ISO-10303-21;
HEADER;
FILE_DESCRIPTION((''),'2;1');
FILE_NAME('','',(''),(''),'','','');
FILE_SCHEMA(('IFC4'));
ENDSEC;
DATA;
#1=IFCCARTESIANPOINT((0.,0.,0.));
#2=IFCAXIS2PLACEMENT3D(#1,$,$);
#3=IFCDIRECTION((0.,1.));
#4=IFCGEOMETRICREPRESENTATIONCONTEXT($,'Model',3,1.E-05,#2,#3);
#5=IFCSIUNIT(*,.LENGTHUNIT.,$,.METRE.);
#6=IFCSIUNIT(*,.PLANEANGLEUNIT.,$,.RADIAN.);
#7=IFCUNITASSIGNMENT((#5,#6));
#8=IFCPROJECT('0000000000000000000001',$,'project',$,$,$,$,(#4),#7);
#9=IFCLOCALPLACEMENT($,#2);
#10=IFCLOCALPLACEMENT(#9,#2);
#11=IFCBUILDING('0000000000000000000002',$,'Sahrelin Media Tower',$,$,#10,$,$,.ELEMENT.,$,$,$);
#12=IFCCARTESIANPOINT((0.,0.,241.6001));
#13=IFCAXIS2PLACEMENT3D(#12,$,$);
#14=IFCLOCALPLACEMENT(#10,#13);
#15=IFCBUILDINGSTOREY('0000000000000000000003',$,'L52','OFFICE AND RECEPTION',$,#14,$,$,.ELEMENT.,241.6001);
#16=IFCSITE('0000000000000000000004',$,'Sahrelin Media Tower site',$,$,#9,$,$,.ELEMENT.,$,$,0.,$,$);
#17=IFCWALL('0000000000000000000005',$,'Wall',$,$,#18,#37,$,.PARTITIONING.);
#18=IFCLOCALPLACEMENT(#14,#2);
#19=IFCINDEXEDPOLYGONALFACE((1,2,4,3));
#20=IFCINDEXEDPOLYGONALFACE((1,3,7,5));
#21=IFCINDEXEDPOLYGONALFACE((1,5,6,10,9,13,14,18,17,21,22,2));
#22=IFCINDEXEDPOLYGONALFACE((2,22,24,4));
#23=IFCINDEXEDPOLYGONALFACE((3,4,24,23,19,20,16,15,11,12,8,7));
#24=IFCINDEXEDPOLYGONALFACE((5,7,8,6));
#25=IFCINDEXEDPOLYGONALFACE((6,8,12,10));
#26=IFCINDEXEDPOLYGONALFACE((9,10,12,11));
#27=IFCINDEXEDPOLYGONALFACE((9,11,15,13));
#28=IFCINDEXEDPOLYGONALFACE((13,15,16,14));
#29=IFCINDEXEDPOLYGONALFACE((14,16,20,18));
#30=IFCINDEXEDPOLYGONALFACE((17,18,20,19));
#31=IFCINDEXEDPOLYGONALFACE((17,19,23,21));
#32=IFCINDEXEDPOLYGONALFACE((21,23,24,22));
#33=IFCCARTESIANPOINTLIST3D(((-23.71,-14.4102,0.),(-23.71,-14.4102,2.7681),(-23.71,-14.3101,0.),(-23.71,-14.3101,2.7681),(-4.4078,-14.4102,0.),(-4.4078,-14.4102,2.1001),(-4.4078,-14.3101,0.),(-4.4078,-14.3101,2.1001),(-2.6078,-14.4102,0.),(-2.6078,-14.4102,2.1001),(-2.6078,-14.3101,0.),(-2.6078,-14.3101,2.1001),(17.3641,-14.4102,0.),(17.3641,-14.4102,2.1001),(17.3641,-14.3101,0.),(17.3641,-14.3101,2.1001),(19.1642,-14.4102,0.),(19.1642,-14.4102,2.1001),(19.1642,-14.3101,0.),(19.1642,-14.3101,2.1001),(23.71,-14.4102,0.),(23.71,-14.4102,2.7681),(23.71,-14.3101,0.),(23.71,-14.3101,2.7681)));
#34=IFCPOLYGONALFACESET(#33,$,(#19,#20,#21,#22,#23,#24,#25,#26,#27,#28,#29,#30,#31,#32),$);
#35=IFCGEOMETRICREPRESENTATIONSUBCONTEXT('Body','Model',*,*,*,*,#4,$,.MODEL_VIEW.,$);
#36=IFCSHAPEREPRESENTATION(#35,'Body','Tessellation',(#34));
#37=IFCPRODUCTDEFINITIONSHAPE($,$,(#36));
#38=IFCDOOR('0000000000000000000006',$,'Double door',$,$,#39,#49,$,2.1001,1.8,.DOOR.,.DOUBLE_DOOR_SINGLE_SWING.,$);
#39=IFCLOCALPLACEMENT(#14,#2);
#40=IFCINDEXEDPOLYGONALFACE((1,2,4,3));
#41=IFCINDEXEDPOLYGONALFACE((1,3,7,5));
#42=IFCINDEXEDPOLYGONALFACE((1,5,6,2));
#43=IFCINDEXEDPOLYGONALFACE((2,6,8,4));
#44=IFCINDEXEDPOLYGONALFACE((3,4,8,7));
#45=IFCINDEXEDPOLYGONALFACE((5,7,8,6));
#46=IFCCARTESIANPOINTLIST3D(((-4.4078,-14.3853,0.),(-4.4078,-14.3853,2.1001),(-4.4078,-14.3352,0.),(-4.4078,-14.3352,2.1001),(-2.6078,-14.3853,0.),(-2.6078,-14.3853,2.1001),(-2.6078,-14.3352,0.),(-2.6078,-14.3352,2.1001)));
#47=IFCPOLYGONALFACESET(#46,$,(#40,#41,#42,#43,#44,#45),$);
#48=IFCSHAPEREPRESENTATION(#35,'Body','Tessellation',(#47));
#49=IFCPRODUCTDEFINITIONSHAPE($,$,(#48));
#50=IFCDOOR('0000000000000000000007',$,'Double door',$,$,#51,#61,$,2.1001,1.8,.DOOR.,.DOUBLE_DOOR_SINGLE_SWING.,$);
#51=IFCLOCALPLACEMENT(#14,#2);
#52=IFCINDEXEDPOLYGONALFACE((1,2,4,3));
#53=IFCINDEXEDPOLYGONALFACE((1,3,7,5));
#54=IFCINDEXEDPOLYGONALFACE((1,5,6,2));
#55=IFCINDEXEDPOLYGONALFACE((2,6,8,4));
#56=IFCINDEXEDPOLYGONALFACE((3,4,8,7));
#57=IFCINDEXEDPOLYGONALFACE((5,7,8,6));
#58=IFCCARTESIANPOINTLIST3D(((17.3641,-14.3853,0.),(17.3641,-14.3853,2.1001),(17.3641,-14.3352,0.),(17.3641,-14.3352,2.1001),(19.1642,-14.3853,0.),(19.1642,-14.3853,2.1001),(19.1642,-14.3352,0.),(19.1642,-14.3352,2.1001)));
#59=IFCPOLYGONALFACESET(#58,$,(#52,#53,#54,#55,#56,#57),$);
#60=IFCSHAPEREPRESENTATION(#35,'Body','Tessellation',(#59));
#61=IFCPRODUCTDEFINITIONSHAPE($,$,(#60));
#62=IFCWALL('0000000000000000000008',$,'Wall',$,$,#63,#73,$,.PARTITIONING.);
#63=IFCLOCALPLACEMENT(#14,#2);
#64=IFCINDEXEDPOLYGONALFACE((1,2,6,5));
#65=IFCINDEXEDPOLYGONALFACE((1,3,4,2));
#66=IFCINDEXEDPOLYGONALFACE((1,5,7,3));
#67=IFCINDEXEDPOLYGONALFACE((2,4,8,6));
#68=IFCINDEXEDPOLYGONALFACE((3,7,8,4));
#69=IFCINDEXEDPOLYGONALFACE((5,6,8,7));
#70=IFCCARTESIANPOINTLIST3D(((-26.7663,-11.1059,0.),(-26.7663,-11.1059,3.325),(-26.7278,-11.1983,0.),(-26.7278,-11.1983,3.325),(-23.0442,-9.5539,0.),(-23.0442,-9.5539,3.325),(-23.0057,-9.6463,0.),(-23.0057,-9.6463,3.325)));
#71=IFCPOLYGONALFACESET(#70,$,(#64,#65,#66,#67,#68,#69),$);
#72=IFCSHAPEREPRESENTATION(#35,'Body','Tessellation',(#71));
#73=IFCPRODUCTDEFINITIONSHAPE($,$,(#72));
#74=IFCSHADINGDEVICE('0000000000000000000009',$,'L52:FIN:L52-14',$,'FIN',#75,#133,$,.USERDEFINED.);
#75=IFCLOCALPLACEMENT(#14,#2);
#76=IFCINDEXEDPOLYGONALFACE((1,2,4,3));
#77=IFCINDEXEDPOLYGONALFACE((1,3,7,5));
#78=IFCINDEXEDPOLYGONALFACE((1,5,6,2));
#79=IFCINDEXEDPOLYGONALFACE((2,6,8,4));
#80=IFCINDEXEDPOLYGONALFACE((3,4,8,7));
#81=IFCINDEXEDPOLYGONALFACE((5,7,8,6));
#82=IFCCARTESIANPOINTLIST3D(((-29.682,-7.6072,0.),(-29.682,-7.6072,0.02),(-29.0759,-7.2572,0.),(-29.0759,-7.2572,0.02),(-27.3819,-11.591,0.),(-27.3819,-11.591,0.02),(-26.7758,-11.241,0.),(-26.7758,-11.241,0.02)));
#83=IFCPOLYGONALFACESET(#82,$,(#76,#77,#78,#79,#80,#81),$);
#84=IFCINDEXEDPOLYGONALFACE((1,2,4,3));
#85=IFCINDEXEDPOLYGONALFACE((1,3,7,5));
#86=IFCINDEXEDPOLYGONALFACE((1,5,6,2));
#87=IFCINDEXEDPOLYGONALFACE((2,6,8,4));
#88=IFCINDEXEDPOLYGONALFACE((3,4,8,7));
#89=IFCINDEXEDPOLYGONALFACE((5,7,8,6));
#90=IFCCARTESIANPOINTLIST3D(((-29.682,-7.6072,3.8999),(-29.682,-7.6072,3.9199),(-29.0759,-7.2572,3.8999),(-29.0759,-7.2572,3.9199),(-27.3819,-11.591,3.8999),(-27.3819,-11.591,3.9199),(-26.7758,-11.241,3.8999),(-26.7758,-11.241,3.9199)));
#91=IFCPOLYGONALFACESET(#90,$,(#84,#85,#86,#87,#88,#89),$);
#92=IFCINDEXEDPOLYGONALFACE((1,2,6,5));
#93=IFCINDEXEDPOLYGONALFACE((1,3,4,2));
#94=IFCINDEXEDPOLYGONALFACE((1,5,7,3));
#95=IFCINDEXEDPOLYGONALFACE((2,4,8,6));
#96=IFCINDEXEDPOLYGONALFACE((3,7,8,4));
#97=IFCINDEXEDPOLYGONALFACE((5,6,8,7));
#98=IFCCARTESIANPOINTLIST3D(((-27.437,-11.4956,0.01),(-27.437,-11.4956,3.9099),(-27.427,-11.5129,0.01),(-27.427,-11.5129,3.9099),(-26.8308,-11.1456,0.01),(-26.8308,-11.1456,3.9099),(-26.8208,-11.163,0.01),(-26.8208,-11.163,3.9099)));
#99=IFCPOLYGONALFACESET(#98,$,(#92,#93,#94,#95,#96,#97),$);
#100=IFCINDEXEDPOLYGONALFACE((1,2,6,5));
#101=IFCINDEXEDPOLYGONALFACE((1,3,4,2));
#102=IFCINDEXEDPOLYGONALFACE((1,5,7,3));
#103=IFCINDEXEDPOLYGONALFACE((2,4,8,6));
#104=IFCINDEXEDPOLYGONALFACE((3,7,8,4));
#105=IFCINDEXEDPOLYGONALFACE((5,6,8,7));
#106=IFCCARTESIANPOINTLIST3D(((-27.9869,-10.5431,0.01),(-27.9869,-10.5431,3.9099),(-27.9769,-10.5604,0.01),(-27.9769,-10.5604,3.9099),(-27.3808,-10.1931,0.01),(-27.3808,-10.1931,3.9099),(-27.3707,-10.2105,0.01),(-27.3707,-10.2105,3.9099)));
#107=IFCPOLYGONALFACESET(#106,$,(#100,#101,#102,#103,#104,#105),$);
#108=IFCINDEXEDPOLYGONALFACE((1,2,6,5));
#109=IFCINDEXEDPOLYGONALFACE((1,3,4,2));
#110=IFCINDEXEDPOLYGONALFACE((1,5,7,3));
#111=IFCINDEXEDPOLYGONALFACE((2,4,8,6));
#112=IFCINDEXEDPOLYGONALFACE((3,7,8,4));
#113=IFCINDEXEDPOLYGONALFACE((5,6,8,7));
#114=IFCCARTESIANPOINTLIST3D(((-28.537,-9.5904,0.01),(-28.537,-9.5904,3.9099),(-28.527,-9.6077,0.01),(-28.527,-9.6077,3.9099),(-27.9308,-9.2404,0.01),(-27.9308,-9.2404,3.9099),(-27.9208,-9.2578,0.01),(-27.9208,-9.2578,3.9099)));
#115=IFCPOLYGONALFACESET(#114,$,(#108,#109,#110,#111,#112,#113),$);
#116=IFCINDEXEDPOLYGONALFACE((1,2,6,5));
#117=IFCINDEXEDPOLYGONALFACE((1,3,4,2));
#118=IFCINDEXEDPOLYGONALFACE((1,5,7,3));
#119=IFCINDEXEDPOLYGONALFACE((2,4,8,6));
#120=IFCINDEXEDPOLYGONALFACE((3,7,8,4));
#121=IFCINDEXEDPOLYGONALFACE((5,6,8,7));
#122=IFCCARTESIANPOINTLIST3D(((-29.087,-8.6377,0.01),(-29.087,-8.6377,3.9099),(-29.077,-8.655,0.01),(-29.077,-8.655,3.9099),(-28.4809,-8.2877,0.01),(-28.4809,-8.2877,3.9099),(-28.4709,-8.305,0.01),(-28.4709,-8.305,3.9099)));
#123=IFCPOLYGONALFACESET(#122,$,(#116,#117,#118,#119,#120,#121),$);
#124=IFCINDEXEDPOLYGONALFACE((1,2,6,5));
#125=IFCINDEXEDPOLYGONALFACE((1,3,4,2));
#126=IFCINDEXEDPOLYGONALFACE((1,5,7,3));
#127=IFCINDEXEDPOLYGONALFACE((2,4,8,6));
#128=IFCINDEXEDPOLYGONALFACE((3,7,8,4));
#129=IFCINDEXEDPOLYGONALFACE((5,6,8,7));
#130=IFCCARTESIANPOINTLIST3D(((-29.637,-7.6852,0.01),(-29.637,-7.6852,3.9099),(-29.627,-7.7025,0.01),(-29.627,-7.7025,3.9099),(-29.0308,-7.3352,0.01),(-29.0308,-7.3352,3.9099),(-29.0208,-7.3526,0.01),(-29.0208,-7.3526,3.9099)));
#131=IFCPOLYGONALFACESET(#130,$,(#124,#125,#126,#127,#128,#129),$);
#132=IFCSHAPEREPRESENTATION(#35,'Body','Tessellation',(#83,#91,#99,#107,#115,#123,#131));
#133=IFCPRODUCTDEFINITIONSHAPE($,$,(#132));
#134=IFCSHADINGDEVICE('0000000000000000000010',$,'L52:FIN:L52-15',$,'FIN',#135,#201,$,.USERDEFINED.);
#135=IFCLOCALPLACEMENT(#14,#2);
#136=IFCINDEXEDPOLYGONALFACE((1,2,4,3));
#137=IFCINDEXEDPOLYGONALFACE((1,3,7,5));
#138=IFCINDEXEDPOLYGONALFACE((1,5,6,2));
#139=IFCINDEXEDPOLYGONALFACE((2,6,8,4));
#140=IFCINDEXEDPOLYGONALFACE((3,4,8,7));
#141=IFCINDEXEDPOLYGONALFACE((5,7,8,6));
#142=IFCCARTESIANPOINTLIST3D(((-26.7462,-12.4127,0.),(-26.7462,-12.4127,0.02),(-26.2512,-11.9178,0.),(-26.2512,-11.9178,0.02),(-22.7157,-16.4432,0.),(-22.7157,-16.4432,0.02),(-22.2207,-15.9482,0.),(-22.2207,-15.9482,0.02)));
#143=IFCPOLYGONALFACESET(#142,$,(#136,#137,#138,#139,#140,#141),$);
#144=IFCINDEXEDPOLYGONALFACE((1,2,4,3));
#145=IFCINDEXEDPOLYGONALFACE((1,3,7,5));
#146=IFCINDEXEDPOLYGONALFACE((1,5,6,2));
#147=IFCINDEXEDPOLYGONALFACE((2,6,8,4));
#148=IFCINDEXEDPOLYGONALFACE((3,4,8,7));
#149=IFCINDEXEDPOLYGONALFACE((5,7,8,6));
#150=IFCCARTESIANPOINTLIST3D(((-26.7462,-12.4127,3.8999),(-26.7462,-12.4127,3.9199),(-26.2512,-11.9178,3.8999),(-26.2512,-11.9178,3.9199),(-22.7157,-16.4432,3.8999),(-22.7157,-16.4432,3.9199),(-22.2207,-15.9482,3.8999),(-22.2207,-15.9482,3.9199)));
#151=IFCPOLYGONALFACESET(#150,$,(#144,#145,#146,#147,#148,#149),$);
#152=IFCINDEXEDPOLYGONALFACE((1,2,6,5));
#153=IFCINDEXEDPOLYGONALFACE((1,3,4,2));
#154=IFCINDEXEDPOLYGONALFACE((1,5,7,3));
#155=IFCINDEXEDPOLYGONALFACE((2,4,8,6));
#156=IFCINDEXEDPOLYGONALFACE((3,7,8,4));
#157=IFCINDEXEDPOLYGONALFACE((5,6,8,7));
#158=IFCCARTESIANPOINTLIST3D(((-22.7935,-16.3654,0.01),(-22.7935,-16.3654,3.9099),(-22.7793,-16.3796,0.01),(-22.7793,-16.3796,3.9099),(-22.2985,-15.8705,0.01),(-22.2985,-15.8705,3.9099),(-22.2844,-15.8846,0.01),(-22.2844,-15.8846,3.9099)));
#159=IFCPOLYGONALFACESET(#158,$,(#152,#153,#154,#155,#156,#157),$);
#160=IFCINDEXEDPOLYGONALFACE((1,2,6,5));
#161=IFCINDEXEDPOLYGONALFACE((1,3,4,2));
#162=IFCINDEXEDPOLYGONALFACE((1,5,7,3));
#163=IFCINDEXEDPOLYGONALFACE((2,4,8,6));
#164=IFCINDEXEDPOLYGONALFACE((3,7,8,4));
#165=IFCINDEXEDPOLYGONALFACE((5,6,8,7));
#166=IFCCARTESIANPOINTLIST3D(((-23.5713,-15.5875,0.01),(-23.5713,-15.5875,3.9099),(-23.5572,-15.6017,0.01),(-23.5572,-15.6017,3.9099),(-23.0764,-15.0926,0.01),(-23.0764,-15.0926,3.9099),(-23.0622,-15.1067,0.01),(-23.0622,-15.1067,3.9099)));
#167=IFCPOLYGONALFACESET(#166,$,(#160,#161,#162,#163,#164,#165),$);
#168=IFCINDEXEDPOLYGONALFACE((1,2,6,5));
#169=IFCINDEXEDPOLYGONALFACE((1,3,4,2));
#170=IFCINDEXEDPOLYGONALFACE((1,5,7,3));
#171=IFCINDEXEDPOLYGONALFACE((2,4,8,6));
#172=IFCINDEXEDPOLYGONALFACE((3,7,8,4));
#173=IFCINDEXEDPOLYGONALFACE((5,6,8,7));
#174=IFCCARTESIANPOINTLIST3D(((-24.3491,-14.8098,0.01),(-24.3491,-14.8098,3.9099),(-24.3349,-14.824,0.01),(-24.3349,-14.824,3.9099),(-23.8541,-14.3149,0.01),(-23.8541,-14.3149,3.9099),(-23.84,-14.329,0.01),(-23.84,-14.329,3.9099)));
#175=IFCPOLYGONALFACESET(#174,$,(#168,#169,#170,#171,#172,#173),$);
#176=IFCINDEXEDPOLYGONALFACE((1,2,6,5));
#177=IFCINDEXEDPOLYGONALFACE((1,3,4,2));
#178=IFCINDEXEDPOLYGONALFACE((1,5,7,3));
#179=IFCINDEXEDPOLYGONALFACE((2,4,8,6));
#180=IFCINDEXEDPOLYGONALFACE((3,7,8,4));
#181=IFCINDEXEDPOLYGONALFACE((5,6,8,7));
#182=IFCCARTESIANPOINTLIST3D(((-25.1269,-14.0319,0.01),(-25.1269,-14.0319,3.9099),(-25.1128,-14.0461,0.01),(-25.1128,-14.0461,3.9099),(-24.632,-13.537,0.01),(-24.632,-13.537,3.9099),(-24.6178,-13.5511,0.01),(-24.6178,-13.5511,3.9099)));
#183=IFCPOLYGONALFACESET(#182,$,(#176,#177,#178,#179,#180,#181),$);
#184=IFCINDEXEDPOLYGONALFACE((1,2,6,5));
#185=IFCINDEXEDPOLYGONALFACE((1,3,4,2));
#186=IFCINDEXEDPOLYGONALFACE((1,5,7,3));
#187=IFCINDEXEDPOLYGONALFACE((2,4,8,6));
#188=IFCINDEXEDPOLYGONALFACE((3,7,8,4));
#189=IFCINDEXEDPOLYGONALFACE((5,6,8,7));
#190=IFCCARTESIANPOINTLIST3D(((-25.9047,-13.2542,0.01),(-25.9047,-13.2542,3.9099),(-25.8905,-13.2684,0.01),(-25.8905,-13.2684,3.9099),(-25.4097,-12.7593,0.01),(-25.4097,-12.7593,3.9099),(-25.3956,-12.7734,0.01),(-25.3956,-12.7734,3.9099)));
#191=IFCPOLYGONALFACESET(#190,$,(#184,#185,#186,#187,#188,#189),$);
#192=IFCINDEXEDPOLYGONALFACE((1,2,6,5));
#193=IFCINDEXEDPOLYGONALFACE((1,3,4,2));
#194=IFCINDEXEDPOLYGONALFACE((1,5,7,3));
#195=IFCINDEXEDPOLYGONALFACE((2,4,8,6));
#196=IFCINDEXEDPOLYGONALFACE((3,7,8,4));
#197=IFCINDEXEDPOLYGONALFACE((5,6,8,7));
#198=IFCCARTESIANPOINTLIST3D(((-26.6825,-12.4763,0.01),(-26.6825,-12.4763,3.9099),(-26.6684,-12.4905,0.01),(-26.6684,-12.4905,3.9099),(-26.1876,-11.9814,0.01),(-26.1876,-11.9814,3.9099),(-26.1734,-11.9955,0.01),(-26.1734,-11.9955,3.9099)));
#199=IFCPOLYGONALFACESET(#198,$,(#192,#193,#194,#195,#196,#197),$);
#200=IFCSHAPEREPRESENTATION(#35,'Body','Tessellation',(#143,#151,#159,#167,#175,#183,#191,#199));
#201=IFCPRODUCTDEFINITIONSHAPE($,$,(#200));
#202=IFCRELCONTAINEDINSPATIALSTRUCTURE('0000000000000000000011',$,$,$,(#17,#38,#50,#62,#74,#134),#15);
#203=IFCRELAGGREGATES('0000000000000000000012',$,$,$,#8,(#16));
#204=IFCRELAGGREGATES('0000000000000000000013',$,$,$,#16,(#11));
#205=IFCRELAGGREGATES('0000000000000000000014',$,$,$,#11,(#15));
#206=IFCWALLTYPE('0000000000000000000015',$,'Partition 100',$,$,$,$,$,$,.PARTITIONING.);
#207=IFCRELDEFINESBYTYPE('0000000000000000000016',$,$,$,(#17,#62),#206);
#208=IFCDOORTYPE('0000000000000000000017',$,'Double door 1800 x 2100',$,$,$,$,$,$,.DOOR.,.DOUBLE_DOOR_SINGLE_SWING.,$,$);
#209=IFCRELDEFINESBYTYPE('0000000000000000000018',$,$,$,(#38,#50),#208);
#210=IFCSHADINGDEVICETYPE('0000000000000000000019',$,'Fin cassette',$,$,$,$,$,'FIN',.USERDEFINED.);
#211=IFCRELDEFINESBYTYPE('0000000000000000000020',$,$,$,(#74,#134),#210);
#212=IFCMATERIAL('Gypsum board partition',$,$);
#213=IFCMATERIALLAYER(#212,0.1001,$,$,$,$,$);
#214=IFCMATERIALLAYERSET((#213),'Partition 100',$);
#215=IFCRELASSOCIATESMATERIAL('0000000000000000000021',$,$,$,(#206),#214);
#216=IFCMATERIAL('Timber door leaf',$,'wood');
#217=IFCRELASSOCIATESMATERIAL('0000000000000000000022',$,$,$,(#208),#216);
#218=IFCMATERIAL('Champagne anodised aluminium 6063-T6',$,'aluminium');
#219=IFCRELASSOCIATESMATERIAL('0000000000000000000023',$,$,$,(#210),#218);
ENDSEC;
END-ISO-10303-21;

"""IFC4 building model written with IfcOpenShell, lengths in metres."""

from ifc_helpers import new_model, si_unit, direction, frame, frame_2d, origin, origin_2d, place, context, subcontext, project, spatial, rectangle, extrude, material, layer, layer_set, type_object, element, fill, save


model = new_model("IFC4")

# Units and contexts
model_context = context("Model", 3, precision=1e-05, world=origin(), true_north=direction((0.0, 1.0)))
body_context = subcontext(model_context, "Body", "Model", "MODEL_VIEW")
ifc_project = project(units=[si_unit("LENGTHUNIT", "METRE"), si_unit("PLANEANGLEUNIT", "RADIAN")], contexts=[model_context])

# Site, building, storey
site_placement = place(None, origin())
site = spatial("IfcSite", under=ifc_project, at=site_placement, Name="Sahrelin Media Tower site", CompositionType="ELEMENT", RefElevation=0.0)
building_placement = place(site_placement, origin())
building = spatial("IfcBuilding", under=site, at=building_placement, Name="Sahrelin Media Tower", CompositionType="ELEMENT")
storey_placement = place(building_placement, frame((0.0, 0.0, 241.6001)))
storey = spatial("IfcBuildingStorey", under=building, at=storey_placement, Name="L52", Description="OFFICE AND RECEPTION", CompositionType="ELEMENT", Elevation=241.6001)

# Shared definitions
ifc_material_1 = material(Name="Champagne anodised aluminium 6063-T6", Category="aluminium")

# Wall, openings, doors
ifc_material_2 = material(Name="Gypsum board partition")
ifc_layer_1 = layer(ifc_material_2, 0.1001)
ifc_layer_set_1 = layer_set([ifc_layer_1], Name="Partition 100")
wall_type_1 = type_object("IfcWallType", Name="Partition 100", PredefinedType="PARTITIONING", material=ifc_layer_set_1)
wall_1_placement = place(storey_placement, frame((-23.71, -14.3601, 0.0), z_axis=(0.0, 0.0, 1.0), x_axis=(1.0, 0.0, 0.0)))
wall_1 = element("IfcWall", 1, at=wall_1_placement, inside=storey, type_object=wall_type_1, Name="Wall", PredefinedType="PARTITIONING", context=body_context, shape_type="SweptSolid", body=[
    extrude(rectangle(XDim=47.4199, YDim=0.1001, at=frame_2d((23.71, 0.0))), origin(), (0.0, 0.0, 1.0), 2.7681),
])
opening_1_placement = place(wall_1_placement, frame((19.3022, 0.0, 0.0)))
opening_1 = element("IfcOpeningElement", 2, at=opening_1_placement, cuts=wall_1, PredefinedType="OPENING", context=body_context, shape_type="SweptSolid", body=[
    extrude(rectangle(XDim=1.8, YDim=2.1001, at=frame_2d((0.8999, 1.05))), frame((0.0, 0.05, 0.0), z_axis=(0.0, -1.0, 0.0), x_axis=(1.0, 0.0, 0.0)), (0.0, 0.0, 1.0), 0.1001),
])
opening_2_placement = place(wall_1_placement, frame((41.0742, 0.0, 0.0)))
opening_2 = element("IfcOpeningElement", 3, at=opening_2_placement, cuts=wall_1, PredefinedType="OPENING", context=body_context, shape_type="SweptSolid", body=[
    extrude(rectangle(XDim=1.8, YDim=2.1001, at=frame_2d((0.8999, 1.05))), frame((0.0, 0.05, 0.0), z_axis=(0.0, -1.0, 0.0), x_axis=(1.0, 0.0, 0.0)), (0.0, 0.0, 1.0), 0.1001),
])
ifc_material_3 = material(Name="Timber door leaf", Category="wood")
door_type_1 = type_object("IfcDoorType", Name="Double door 1800 x 2100", OperationType="DOUBLE_DOOR_SINGLE_SWING", PredefinedType="DOOR", material=ifc_material_3)
door_1_placement = place(opening_1_placement, origin())
door_1 = element("IfcDoor", 4, at=door_1_placement, inside=storey, type_object=door_type_1, Name="Double door", OperationType="DOUBLE_DOOR_SINGLE_SWING", OverallHeight=2.1001, OverallWidth=1.8, PredefinedType="DOOR", context=body_context, shape_type="SweptSolid", body=[
    extrude(rectangle(XDim=1.8, YDim=2.1001, at=frame_2d((0.8999, 1.05))), frame((0.0, 0.0249, 0.0), z_axis=(0.0, -1.0, 0.0), x_axis=(1.0, 0.0, 0.0)), (0.0, 0.0, 1.0), 0.05),
])
fill(opening_1, door_1)
door_2_placement = place(opening_2_placement, origin())
door_2 = element("IfcDoor", 5, at=door_2_placement, inside=storey, type_object=door_type_1, Name="Double door", OperationType="DOUBLE_DOOR_SINGLE_SWING", OverallHeight=2.1001, OverallWidth=1.8, PredefinedType="DOOR", context=body_context, shape_type="SweptSolid", body=[
    extrude(rectangle(XDim=1.8, YDim=2.1001, at=frame_2d((0.8999, 1.05))), frame((0.0, 0.0249, 0.0), z_axis=(0.0, -1.0, 0.0), x_axis=(1.0, 0.0, 0.0)), (0.0, 0.0, 1.0), 0.05),
])
fill(opening_2, door_2)

# Wall
wall_2_placement = place(storey_placement, frame((-26.7471, -11.1521, 0.0), z_axis=(0.0, 0.0, 1.0), x_axis=(0.92298, 0.384847, 0.0)))
element("IfcWall", 6, at=wall_2_placement, inside=storey, type_object=wall_type_1, Name="Wall", PredefinedType="PARTITIONING", context=body_context, shape_type="SweptSolid", body=[
    extrude(rectangle(XDim=4.0327, YDim=0.1001, at=frame_2d((2.0164, 0.0))), origin(), (0.0, 0.0, 1.0), 3.325),
])

# Shading devices
shading_device_type_1 = type_object("IfcShadingDeviceType", Name="Fin cassette", ElementType="FIN", PredefinedType="USERDEFINED", material=ifc_material_1)
placement_1 = place(storey_placement, frame((-27.8652, -9.2141, 0.0), z_axis=(0.0, 0.0, 1.0), x_axis=(-0.500011, 0.866019, 0.0)))
element("IfcShadingDevice", 7, at=placement_1, inside=storey, type_object=shading_device_type_1, Name="L52:FIN:L52-14", ObjectType="FIN", PredefinedType="USERDEFINED", context=body_context, shape_type="SweptSolid", body=[
    extrude(rectangle(XDim=4.6001, YDim=0.7, at=origin_2d()), frame((0.0, 0.4199, 0.0)), (0.0, 0.0, 1.0), 0.02),
    extrude(rectangle(XDim=4.6001, YDim=0.7, at=origin_2d()), frame((0.0, 0.4199, 3.8999)), (0.0, 0.0, 1.0), 0.02),
    extrude(rectangle(XDim=0.02, YDim=0.7, at=origin_2d()), frame((-2.2, 0.4199, 0.01), z_axis=(0.0, 0.0, 1.0), x_axis=(1.0, 0.0, 0.0)), (0.0, 0.0, 1.0), 3.8999),
    extrude(rectangle(XDim=0.02, YDim=0.7, at=origin_2d()), frame((-1.1001, 0.4199, 0.01), z_axis=(0.0, 0.0, 1.0), x_axis=(1.0, 0.0, 0.0)), (0.0, 0.0, 1.0), 3.8999),
    extrude(rectangle(XDim=0.02, YDim=0.7, at=origin_2d()), frame((0.0, 0.4199, 0.01), z_axis=(0.0, 0.0, 1.0), x_axis=(1.0, 0.0, 0.0)), (0.0, 0.0, 1.0), 3.8999),
    extrude(rectangle(XDim=0.02, YDim=0.7, at=origin_2d()), frame((1.1001, 0.4199, 0.01), z_axis=(0.0, 0.0, 1.0), x_axis=(1.0, 0.0, 0.0)), (0.0, 0.0, 1.0), 3.8999),
    extrude(rectangle(XDim=0.02, YDim=0.7, at=origin_2d()), frame((2.2, 0.4199, 0.01), z_axis=(0.0, 0.0, 1.0), x_axis=(1.0, 0.0, 0.0)), (0.0, 0.0, 1.0), 3.8999),
])
placement_2 = place(storey_placement, frame((-24.1865, -13.8835, 0.0), z_axis=(0.0, 0.0, 1.0), x_axis=(-0.707107, 0.707107, 0.0)))
element("IfcShadingDevice", 8, at=placement_2, inside=storey, type_object=shading_device_type_1, Name="L52:FIN:L52-15", ObjectType="FIN", PredefinedType="USERDEFINED", context=body_context, shape_type="SweptSolid", body=[
    extrude(rectangle(XDim=5.7, YDim=0.7, at=origin_2d()), frame((0.0, 0.4199, 0.0)), (0.0, 0.0, 1.0), 0.02),
    extrude(rectangle(XDim=5.7, YDim=0.7, at=origin_2d()), frame((0.0, 0.4199, 3.8999)), (0.0, 0.0, 1.0), 0.02),
    extrude(rectangle(XDim=0.02, YDim=0.7, at=origin_2d()), frame((-2.75, 0.4199, 0.01), z_axis=(0.0, 0.0, 1.0), x_axis=(1.0, 0.0, 0.0)), (0.0, 0.0, 1.0), 3.8999),
    extrude(rectangle(XDim=0.02, YDim=0.7, at=origin_2d()), frame((-1.6499, 0.4199, 0.01), z_axis=(0.0, 0.0, 1.0), x_axis=(1.0, 0.0, 0.0)), (0.0, 0.0, 1.0), 3.8999),
    extrude(rectangle(XDim=0.02, YDim=0.7, at=origin_2d()), frame((-0.55, 0.4199, 0.01), z_axis=(0.0, 0.0, 1.0), x_axis=(1.0, 0.0, 0.0)), (0.0, 0.0, 1.0), 3.8999),
    extrude(rectangle(XDim=0.02, YDim=0.7, at=origin_2d()), frame((0.55, 0.4199, 0.01), z_axis=(0.0, 0.0, 1.0), x_axis=(1.0, 0.0, 0.0)), (0.0, 0.0, 1.0), 3.8999),
    extrude(rectangle(XDim=0.02, YDim=0.7, at=origin_2d()), frame((1.6499, 0.4199, 0.01), z_axis=(0.0, 0.0, 1.0), x_axis=(1.0, 0.0, 0.0)), (0.0, 0.0, 1.0), 3.8999),
    extrude(rectangle(XDim=0.02, YDim=0.7, at=origin_2d()), frame((2.75, 0.4199, 0.01), z_axis=(0.0, 0.0, 1.0), x_axis=(1.0, 0.0, 0.0)), (0.0, 0.0, 1.0), 3.8999),
])

save(model, "model.ifc")
